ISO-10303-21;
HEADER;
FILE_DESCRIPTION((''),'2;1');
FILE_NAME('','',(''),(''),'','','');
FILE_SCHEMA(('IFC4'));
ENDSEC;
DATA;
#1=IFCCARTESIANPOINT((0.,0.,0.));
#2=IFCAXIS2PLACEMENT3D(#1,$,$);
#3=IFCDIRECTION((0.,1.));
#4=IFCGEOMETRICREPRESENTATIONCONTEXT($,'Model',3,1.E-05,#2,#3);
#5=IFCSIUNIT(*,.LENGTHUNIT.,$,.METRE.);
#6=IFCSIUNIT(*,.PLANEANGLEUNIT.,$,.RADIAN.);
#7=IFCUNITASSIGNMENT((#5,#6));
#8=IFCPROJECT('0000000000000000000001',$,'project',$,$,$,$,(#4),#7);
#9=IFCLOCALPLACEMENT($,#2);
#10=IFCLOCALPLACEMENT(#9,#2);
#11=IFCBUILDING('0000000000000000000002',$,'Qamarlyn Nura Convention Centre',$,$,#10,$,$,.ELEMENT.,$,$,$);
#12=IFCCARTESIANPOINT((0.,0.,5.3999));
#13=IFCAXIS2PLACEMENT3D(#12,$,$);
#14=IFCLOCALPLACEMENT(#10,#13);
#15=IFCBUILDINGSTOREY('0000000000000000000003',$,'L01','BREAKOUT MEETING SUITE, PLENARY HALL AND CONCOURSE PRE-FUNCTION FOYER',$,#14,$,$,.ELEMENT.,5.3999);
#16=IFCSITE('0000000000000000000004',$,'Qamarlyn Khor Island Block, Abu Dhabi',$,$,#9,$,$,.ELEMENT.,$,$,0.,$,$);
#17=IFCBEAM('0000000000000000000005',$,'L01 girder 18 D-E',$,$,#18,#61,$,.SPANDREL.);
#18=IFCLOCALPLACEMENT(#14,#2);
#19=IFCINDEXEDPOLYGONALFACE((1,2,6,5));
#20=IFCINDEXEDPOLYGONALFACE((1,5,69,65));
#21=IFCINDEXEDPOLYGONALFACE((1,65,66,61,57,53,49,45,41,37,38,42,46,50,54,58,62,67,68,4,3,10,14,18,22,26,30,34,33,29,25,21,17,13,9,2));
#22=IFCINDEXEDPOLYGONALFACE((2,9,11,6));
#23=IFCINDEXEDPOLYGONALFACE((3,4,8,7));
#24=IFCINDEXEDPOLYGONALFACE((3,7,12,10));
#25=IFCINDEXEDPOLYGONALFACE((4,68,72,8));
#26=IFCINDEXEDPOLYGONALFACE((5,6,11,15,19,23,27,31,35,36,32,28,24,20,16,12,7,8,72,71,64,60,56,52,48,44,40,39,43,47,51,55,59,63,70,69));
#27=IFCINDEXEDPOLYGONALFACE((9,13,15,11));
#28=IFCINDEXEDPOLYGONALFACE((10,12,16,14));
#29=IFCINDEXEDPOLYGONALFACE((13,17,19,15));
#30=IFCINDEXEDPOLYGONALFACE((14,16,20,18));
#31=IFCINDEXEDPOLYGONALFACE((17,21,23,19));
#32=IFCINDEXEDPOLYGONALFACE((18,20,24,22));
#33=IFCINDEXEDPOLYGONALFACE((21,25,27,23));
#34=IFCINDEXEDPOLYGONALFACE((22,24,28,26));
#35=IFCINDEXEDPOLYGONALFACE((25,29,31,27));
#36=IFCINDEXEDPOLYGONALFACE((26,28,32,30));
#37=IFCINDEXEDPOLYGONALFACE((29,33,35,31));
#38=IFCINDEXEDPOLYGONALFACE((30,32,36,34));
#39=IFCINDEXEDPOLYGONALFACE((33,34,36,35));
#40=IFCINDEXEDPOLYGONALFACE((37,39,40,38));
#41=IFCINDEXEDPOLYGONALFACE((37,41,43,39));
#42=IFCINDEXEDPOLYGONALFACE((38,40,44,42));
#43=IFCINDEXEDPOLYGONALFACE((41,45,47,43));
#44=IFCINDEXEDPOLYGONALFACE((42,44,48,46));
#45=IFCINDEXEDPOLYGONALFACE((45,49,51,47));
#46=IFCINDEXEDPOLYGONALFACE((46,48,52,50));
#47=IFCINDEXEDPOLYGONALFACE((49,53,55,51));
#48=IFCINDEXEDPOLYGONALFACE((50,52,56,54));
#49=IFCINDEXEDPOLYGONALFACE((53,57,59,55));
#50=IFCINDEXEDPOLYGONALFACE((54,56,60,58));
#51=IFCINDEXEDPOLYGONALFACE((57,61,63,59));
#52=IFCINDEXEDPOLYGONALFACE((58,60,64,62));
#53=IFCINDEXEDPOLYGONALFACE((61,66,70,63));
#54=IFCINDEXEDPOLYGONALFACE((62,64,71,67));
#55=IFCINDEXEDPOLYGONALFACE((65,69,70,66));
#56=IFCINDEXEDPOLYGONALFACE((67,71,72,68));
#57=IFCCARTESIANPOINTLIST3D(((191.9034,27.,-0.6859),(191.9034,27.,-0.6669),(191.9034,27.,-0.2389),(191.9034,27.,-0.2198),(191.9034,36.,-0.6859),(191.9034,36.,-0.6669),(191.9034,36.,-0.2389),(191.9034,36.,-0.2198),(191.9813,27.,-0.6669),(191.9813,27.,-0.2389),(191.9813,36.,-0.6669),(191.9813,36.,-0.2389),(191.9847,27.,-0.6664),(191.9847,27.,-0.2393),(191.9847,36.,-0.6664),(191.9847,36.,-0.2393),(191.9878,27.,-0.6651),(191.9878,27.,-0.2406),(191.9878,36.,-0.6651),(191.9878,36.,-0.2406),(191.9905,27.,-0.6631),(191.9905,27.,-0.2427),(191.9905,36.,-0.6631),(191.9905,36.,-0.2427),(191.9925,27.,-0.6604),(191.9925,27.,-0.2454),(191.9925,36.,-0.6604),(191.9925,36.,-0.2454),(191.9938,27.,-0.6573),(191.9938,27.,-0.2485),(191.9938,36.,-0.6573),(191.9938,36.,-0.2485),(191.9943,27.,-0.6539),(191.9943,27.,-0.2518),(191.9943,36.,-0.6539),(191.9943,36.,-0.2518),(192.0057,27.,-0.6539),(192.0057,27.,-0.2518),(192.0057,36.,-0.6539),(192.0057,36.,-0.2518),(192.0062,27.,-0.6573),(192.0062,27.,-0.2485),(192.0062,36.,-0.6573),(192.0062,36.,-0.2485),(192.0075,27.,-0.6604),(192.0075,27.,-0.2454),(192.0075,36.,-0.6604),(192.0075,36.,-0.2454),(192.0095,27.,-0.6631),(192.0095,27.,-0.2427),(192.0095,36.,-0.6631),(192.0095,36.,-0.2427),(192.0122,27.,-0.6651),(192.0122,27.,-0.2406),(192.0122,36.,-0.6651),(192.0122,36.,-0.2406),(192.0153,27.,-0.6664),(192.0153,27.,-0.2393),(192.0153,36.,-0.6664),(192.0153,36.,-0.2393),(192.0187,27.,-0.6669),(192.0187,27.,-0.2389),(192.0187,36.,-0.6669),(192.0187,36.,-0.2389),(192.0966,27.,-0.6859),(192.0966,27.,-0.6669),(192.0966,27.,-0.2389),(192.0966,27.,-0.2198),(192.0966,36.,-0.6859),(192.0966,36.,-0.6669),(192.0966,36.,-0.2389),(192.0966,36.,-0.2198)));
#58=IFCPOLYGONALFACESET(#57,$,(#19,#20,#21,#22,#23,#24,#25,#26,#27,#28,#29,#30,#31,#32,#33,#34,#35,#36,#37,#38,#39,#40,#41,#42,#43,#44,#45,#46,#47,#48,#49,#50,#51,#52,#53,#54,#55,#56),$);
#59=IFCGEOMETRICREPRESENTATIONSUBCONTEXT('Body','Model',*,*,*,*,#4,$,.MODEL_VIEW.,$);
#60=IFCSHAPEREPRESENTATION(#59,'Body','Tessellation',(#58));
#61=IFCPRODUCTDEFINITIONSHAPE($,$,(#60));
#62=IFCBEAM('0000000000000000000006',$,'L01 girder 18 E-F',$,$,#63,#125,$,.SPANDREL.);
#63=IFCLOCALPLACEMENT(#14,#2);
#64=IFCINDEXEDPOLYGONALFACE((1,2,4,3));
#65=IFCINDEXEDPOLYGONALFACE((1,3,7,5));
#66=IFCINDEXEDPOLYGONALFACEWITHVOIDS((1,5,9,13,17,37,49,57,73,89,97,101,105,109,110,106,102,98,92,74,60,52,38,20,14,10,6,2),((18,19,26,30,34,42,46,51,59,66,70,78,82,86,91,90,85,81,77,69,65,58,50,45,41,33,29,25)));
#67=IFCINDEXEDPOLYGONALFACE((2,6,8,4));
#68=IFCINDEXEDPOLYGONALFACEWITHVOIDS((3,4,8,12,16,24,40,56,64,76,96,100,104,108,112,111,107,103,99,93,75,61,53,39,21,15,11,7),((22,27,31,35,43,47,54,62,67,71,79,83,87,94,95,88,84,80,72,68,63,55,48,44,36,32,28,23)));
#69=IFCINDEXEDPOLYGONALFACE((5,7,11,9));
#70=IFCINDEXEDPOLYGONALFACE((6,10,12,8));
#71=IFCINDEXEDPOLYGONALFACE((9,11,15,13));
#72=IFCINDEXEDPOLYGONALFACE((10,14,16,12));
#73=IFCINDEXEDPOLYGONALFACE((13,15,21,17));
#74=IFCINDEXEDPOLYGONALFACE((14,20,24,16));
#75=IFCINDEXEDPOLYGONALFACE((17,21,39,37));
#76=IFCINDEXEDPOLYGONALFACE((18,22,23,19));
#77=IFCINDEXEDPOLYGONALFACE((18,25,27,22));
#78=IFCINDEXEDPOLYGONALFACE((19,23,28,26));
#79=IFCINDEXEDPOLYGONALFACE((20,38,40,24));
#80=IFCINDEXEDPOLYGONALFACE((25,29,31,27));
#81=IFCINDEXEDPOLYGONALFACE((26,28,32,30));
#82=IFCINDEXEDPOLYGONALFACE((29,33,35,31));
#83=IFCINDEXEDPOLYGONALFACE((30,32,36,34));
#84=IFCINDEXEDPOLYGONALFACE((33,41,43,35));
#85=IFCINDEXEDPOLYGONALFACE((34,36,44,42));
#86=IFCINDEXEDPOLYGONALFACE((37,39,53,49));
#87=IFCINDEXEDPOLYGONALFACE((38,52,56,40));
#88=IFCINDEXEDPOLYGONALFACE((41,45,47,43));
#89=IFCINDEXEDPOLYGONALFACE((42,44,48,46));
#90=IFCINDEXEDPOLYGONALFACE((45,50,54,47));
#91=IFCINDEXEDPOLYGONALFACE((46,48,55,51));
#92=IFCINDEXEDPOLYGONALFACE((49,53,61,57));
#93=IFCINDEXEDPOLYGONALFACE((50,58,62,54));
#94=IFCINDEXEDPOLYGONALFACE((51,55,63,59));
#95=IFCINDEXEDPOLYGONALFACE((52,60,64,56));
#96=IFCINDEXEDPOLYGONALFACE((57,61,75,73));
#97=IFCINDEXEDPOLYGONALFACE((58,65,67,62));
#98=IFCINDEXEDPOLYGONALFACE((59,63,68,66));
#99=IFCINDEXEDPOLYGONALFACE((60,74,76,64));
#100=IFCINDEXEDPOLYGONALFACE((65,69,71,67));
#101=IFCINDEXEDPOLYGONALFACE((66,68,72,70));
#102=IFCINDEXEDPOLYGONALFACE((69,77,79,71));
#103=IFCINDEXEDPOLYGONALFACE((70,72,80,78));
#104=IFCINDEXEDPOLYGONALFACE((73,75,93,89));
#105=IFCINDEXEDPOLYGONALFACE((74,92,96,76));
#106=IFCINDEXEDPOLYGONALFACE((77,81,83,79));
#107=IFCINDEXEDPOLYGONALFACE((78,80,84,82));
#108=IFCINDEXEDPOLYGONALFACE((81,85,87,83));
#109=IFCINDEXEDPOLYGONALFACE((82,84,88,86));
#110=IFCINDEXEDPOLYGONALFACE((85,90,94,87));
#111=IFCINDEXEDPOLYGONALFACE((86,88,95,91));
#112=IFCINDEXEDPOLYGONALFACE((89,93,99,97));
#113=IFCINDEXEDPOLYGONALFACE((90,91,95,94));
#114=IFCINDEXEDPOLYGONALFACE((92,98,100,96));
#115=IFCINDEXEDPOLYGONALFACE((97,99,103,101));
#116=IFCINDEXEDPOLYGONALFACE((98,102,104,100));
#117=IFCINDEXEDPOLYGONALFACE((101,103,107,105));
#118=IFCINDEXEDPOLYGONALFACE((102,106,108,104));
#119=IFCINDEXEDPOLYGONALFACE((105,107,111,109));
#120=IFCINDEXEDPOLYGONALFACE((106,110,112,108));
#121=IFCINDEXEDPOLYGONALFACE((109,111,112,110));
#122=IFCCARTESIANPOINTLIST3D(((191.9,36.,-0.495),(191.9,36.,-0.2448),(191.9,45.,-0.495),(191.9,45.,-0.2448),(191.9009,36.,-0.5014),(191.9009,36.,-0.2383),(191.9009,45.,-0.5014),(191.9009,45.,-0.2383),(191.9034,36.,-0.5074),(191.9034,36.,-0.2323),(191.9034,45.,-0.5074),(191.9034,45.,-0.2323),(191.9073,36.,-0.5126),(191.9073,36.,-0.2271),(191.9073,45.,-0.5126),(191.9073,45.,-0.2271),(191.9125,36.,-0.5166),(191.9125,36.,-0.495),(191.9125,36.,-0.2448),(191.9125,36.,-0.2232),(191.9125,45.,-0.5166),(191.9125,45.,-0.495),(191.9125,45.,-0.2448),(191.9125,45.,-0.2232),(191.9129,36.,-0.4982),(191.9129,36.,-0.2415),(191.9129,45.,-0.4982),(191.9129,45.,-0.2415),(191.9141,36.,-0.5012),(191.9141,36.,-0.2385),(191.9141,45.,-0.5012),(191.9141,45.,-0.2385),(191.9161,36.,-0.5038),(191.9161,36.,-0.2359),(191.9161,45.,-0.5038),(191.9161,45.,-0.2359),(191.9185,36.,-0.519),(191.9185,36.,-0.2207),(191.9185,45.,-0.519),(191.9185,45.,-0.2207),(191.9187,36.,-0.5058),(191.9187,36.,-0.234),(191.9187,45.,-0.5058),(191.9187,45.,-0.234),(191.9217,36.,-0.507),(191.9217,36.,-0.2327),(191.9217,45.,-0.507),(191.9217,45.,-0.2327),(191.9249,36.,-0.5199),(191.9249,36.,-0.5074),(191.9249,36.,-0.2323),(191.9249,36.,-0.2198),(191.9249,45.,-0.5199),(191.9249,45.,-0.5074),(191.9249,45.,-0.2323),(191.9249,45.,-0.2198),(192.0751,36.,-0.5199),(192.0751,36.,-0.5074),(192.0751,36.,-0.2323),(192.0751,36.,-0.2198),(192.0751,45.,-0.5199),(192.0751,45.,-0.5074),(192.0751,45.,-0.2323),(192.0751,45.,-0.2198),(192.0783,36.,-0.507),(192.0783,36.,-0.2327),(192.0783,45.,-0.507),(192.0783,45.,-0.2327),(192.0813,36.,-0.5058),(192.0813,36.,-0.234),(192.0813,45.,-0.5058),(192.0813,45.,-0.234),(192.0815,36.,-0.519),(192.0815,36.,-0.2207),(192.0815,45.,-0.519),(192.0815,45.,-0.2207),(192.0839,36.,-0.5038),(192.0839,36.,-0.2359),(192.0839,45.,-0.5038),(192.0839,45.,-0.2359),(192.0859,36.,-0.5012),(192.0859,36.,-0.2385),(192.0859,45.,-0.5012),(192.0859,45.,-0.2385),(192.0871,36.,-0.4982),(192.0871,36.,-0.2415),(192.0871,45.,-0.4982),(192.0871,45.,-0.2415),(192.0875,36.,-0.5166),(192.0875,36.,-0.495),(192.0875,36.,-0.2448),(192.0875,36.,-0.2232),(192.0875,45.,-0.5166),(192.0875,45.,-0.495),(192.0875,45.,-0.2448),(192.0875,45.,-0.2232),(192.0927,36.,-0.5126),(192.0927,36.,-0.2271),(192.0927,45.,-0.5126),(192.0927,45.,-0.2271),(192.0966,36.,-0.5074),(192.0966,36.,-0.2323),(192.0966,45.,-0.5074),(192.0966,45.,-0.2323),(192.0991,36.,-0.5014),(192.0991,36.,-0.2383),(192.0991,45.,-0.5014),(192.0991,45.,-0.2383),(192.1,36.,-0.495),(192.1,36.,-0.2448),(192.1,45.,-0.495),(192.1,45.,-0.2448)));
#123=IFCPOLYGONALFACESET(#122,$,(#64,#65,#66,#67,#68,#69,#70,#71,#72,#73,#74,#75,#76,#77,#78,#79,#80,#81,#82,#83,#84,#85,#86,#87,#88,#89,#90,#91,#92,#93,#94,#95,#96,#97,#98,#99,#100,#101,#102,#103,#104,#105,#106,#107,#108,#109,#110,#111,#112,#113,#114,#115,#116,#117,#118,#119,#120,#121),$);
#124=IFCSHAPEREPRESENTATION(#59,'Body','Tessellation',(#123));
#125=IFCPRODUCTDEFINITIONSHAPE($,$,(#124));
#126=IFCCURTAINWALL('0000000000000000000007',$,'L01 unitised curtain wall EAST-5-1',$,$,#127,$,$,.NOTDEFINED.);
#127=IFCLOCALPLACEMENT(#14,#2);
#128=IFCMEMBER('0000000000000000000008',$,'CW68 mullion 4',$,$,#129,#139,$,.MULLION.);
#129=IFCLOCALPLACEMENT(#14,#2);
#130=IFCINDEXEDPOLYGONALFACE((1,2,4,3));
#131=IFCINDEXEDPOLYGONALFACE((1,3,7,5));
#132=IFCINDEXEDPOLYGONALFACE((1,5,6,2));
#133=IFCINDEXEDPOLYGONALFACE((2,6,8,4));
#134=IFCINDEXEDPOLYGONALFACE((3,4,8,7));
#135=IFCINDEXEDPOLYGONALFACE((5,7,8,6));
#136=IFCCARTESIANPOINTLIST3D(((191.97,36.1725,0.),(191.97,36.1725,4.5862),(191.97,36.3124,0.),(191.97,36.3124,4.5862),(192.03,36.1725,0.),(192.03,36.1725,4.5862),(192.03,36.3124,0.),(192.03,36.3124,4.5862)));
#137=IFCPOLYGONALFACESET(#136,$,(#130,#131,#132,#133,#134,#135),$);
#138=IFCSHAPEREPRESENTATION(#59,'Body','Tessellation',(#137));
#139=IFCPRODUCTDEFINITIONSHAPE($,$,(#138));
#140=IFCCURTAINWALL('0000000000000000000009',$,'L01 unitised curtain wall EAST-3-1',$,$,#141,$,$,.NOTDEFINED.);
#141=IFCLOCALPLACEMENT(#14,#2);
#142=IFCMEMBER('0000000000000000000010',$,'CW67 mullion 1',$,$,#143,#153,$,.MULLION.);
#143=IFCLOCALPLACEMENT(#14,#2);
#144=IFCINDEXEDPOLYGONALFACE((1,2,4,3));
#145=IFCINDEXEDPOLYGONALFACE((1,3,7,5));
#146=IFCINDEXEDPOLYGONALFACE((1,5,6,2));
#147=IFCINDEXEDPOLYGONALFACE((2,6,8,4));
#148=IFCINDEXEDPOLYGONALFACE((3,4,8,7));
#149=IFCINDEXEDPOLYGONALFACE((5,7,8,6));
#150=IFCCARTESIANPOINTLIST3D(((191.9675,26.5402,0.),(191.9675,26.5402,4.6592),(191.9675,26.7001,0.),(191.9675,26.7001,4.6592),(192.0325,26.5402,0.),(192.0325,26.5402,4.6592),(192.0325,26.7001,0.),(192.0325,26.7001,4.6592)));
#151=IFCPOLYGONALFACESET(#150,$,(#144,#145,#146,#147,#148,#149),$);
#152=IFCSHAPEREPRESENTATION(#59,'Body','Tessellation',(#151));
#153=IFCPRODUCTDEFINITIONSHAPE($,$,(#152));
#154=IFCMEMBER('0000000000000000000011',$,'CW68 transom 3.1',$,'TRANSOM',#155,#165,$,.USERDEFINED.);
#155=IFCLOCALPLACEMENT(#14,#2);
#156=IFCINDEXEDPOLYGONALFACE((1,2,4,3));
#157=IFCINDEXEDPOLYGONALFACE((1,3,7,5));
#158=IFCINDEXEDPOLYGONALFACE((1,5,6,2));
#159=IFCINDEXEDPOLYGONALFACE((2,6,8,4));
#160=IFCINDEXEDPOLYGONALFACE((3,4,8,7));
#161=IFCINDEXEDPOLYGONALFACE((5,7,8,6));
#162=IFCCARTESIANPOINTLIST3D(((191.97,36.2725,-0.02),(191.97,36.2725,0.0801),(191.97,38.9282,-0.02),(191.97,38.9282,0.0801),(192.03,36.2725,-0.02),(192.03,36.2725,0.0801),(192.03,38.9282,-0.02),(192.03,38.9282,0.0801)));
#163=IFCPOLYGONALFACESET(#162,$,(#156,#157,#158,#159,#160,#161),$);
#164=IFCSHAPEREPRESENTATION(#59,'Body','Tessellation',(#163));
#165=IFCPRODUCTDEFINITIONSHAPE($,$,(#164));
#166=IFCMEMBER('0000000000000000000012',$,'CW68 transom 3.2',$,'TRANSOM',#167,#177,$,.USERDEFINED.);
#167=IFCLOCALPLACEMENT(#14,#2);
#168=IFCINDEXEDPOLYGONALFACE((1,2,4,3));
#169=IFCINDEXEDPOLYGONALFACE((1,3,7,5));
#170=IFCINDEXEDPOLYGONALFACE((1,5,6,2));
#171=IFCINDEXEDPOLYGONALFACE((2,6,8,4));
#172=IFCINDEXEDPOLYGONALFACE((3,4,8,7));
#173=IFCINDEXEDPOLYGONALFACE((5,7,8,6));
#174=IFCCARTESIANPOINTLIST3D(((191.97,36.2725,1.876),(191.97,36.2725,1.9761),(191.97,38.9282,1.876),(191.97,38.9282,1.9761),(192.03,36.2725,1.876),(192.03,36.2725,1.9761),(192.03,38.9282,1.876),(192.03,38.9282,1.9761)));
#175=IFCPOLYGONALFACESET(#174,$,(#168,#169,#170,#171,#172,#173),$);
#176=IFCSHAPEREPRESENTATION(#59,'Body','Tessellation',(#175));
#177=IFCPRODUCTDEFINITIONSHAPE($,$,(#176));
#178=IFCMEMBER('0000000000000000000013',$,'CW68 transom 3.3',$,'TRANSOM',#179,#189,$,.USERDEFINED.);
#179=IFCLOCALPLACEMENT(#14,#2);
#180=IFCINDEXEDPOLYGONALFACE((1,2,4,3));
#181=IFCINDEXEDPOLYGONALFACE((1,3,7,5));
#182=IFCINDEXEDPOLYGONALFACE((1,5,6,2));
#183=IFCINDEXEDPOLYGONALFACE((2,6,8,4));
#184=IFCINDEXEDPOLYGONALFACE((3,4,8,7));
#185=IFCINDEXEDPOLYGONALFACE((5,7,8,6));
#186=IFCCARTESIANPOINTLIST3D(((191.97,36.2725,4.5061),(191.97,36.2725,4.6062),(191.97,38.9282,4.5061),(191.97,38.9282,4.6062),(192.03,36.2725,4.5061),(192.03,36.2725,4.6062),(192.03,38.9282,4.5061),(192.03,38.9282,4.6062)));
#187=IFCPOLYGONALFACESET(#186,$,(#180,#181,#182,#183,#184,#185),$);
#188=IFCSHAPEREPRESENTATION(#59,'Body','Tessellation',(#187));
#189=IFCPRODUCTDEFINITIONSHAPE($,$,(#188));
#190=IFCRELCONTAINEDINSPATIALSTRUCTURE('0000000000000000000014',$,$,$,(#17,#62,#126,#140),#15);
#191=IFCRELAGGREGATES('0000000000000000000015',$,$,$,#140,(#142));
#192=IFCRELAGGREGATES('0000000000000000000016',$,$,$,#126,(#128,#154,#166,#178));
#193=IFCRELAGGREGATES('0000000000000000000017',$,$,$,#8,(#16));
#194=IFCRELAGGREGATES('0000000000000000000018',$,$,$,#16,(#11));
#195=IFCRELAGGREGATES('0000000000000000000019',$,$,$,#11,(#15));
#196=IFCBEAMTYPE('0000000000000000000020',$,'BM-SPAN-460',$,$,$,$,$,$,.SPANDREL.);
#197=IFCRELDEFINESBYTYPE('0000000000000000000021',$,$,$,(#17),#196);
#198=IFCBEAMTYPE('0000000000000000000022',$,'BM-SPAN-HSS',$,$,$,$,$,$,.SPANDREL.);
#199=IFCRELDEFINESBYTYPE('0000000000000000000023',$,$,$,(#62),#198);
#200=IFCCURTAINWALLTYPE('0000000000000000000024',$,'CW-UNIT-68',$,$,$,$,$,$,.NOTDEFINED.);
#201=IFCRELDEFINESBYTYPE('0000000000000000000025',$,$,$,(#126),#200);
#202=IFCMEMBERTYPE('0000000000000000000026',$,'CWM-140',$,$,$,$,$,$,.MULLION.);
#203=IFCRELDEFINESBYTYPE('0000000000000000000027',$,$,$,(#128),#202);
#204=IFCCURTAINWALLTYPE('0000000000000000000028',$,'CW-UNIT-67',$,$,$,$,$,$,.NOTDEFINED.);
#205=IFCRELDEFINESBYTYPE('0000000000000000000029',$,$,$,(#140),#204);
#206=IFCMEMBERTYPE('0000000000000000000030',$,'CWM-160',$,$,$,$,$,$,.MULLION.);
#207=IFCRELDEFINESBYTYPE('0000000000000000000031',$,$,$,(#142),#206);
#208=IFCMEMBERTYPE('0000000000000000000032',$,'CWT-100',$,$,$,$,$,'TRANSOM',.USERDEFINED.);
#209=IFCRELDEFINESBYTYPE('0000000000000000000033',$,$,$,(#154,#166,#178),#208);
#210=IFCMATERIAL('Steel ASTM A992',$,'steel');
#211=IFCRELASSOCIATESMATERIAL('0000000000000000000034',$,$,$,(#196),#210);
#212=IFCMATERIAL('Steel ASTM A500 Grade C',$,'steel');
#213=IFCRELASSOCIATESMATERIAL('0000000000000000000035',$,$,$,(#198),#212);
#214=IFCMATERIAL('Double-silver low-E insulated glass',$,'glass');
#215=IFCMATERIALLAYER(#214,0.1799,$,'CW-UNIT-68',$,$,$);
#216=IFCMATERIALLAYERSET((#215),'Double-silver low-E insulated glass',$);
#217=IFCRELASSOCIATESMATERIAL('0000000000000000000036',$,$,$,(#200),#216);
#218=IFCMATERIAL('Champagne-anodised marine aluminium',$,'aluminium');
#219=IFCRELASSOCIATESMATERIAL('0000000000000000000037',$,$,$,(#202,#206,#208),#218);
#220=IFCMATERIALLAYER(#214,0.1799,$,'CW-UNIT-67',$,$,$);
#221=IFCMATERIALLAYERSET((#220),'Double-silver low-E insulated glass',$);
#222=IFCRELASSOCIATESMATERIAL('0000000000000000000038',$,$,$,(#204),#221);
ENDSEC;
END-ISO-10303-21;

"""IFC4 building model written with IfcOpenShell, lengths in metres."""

from ifc_helpers import new_model, si_unit, direction, frame, origin, origin_2d, place, context, subcontext, project, spatial, rectangle, hollow_rectangle, i_section, extrude, material, layer, layer_set, material_profile, profile_set, type_object, element, aggregate, save


model = new_model("IFC4")

# Units and contexts
model_context = context("Model", 3, precision=1e-05, world=origin(), true_north=direction((0.0, 1.0)))
body_context = subcontext(model_context, "Body", "Model", "MODEL_VIEW")
ifc_project = project(units=[si_unit("LENGTHUNIT", "METRE"), si_unit("PLANEANGLEUNIT", "RADIAN")], contexts=[model_context])

# Site, building, storey
site_placement = place(None, origin())
site = spatial("IfcSite", under=ifc_project, at=site_placement, Name="Qamarlyn Khor Island Block, Abu Dhabi", CompositionType="ELEMENT", RefElevation=0.0)
building_placement = place(site_placement, origin())
building = spatial("IfcBuilding", under=site, at=building_placement, Name="Qamarlyn Nura Convention Centre", CompositionType="ELEMENT")
storey_placement = place(building_placement, frame((0.0, 0.0, 5.3999)))
storey = spatial("IfcBuildingStorey", under=building, at=storey_placement, Name="L01", Description="BREAKOUT MEETING SUITE, PLENARY HALL AND CONCOURSE PRE-FUNCTION FOYER", CompositionType="ELEMENT", Elevation=5.3999)

# Shared definitions
ifc_material_1 = material(Name="Steel ASTM A992", Category="steel")

# Beams
ifc_material_profile_1 = material_profile(ifc_material_1, i_section(OverallWidth=0.1931, OverallDepth=0.4661, WebThickness=0.0115, FlangeThickness=0.019, FilletRadius=0.0129, at=origin_2d()), Name="W460X97")
ifc_profile_set_1 = profile_set([ifc_material_profile_1], Name="Steel ASTM A992")
beam_type_1 = type_object("IfcBeamType", Name="BM-SPAN-460", PredefinedType="SPANDREL", material=ifc_profile_set_1)
beam_1_placement = place(storey_placement, frame((192.0, 27.0, -0.4529), z_axis=(0.0, 1.0, 0.0), x_axis=(-1.0, 0.0, 0.0)))
element("IfcBeam", 1, at=beam_1_placement, inside=storey, type_object=beam_type_1, Name="L01 girder 18 D-E", PredefinedType="SPANDREL", context=body_context, shape_type="SweptSolid", body=[
    extrude(i_section(OverallWidth=0.1931, OverallDepth=0.4661, WebThickness=0.0115, FlangeThickness=0.019, FilletRadius=0.0129, at=origin_2d()), origin(), (0.0, 0.0, 1.0), 9.0),
])
ifc_material_2 = material(Name="Steel ASTM A500 Grade C", Category="steel")
ifc_material_profile_2 = material_profile(ifc_material_2, hollow_rectangle(XDim=0.2, YDim=0.3, WallThickness=0.0125, InnerFilletRadius=0.0125, OuterFilletRadius=0.0249, at=origin_2d()), Name="HSS300X200X12.5")
ifc_profile_set_2 = profile_set([ifc_material_profile_2], Name="Steel ASTM A500 Grade C")
beam_type_2 = type_object("IfcBeamType", Name="BM-SPAN-HSS", PredefinedType="SPANDREL", material=ifc_profile_set_2)
beam_2_placement = place(storey_placement, frame((192.0, 36.0, -0.3699), z_axis=(0.0, 1.0, 0.0), x_axis=(-1.0, 0.0, 0.0)))
element("IfcBeam", 2, at=beam_2_placement, inside=storey, type_object=beam_type_2, Name="L01 girder 18 E-F", PredefinedType="SPANDREL", context=body_context, shape_type="SweptSolid", body=[
    extrude(hollow_rectangle(XDim=0.2, YDim=0.3, WallThickness=0.0125, InnerFilletRadius=0.0125, OuterFilletRadius=0.0249, at=origin_2d()), origin(), (0.0, 0.0, 1.0), 9.0),
])

# Curtain walls, members
ifc_material_3 = material(Name="Double-silver low-E insulated glass", Category="glass")
ifc_layer_1 = layer(ifc_material_3, 0.1799, Name="CW-UNIT-68")
ifc_layer_set_1 = layer_set([ifc_layer_1], Name="Double-silver low-E insulated glass")
curtain_wall_type_1 = type_object("IfcCurtainWallType", Name="CW-UNIT-68", PredefinedType="NOTDEFINED", material=ifc_layer_set_1)
curtain_wall_1_placement = place(storey_placement, origin())
curtain_wall_1 = element("IfcCurtainWall", 3, at=curtain_wall_1_placement, inside=storey, type_object=curtain_wall_type_1, Name="L01 unitised curtain wall EAST-5-1", PredefinedType="NOTDEFINED")
ifc_material_4 = material(Name="Champagne-anodised marine aluminium", Category="aluminium")
ifc_material_profile_3 = material_profile(ifc_material_4, rectangle(XDim=0.0601, YDim=0.1399, at=origin_2d()), Name="ALU MULLION 60x140")
ifc_profile_set_3 = profile_set([ifc_material_profile_3], Name="Champagne-anodised marine aluminium")
member_type_1 = type_object("IfcMemberType", Name="CWM-140", PredefinedType="MULLION", material=ifc_profile_set_3)
member_1_placement = place(storey_placement, frame((192.0, 36.2424, 0.0), z_axis=(0.0, 0.0, 1.0), x_axis=(1.0, 0.0, 0.0)))
member_1 = element("IfcMember", 4, at=member_1_placement, type_object=member_type_1, Name="CW68 mullion 4", PredefinedType="MULLION", context=body_context, shape_type="SweptSolid", body=[
    extrude(rectangle(XDim=0.0601, YDim=0.1399, at=origin_2d()), origin(), (0.0, 0.0, 1.0), 4.5862),
])
ifc_layer_2 = layer(ifc_material_3, 0.1799, Name="CW-UNIT-67")
ifc_layer_set_2 = layer_set([ifc_layer_2], Name="Double-silver low-E insulated glass")
curtain_wall_type_2 = type_object("IfcCurtainWallType", Name="CW-UNIT-67", PredefinedType="NOTDEFINED", material=ifc_layer_set_2)
curtain_wall_2_placement = place(storey_placement, origin())
curtain_wall_2 = element("IfcCurtainWall", 5, at=curtain_wall_2_placement, inside=storey, type_object=curtain_wall_type_2, Name="L01 unitised curtain wall EAST-3-1", PredefinedType="NOTDEFINED")
ifc_material_profile_4 = material_profile(ifc_material_4, rectangle(XDim=0.0649, YDim=0.1599, at=origin_2d()), Name="ALU MULLION 65x160")
ifc_profile_set_4 = profile_set([ifc_material_profile_4], Name="Champagne-anodised marine aluminium")
member_type_2 = type_object("IfcMemberType", Name="CWM-160", PredefinedType="MULLION", material=ifc_profile_set_4)
member_2_placement = place(storey_placement, frame((192.0, 26.6201, 0.0), z_axis=(0.0, 0.0, 1.0), x_axis=(1.0, 0.0, 0.0)))
member_2 = element("IfcMember", 6, at=member_2_placement, type_object=member_type_2, Name="CW67 mullion 1", PredefinedType="MULLION", context=body_context, shape_type="SweptSolid", body=[
    extrude(rectangle(XDim=0.0649, YDim=0.1599, at=origin_2d()), origin(), (0.0, 0.0, 1.0), 4.6592),
])

# Members
ifc_material_profile_5 = material_profile(ifc_material_4, rectangle(XDim=0.0601, YDim=0.1001, at=origin_2d()), Name="ALU TRANSOM 60x100")
ifc_profile_set_5 = profile_set([ifc_material_profile_5], Name="Champagne-anodised marine aluminium")
member_type_3 = type_object("IfcMemberType", Name="CWT-100", ElementType="TRANSOM", PredefinedType="USERDEFINED", material=ifc_profile_set_5)
member_3_placement = place(storey_placement, frame((192.0, 38.9282, 0.03), z_axis=(0.0, -1.0, 0.0), x_axis=(1.0, 0.0, 0.0)))
member_3 = element("IfcMember", 7, at=member_3_placement, type_object=member_type_3, Name="CW68 transom 3.1", ObjectType="TRANSOM", PredefinedType="USERDEFINED", context=body_context, shape_type="SweptSolid", body=[
    extrude(rectangle(XDim=0.0601, YDim=0.1001, at=origin_2d()), origin(), (0.0, 0.0, 1.0), 2.6558),
])
member_4_placement = place(storey_placement, frame((192.0, 38.9282, 1.926), z_axis=(0.0, -1.0, 0.0), x_axis=(1.0, 0.0, 0.0)))
member_4 = element("IfcMember", 8, at=member_4_placement, type_object=member_type_3, Name="CW68 transom 3.2", ObjectType="TRANSOM", PredefinedType="USERDEFINED", context=body_context, shape_type="SweptSolid", body=[
    extrude(rectangle(XDim=0.0601, YDim=0.1001, at=origin_2d()), origin(), (0.0, 0.0, 1.0), 2.6558),
])
member_5_placement = place(storey_placement, frame((192.0, 38.9282, 4.5562), z_axis=(0.0, -1.0, 0.0), x_axis=(1.0, 0.0, 0.0)))
member_5 = element("IfcMember", 9, at=member_5_placement, type_object=member_type_3, Name="CW68 transom 3.3", ObjectType="TRANSOM", PredefinedType="USERDEFINED", context=body_context, shape_type="SweptSolid", body=[
    extrude(rectangle(XDim=0.0601, YDim=0.1001, at=origin_2d()), origin(), (0.0, 0.0, 1.0), 2.6558),
])
aggregate(curtain_wall_2, [member_2])

aggregate(curtain_wall_1, [member_1, member_3, member_4, member_5])

save(model, "model.ifc")
